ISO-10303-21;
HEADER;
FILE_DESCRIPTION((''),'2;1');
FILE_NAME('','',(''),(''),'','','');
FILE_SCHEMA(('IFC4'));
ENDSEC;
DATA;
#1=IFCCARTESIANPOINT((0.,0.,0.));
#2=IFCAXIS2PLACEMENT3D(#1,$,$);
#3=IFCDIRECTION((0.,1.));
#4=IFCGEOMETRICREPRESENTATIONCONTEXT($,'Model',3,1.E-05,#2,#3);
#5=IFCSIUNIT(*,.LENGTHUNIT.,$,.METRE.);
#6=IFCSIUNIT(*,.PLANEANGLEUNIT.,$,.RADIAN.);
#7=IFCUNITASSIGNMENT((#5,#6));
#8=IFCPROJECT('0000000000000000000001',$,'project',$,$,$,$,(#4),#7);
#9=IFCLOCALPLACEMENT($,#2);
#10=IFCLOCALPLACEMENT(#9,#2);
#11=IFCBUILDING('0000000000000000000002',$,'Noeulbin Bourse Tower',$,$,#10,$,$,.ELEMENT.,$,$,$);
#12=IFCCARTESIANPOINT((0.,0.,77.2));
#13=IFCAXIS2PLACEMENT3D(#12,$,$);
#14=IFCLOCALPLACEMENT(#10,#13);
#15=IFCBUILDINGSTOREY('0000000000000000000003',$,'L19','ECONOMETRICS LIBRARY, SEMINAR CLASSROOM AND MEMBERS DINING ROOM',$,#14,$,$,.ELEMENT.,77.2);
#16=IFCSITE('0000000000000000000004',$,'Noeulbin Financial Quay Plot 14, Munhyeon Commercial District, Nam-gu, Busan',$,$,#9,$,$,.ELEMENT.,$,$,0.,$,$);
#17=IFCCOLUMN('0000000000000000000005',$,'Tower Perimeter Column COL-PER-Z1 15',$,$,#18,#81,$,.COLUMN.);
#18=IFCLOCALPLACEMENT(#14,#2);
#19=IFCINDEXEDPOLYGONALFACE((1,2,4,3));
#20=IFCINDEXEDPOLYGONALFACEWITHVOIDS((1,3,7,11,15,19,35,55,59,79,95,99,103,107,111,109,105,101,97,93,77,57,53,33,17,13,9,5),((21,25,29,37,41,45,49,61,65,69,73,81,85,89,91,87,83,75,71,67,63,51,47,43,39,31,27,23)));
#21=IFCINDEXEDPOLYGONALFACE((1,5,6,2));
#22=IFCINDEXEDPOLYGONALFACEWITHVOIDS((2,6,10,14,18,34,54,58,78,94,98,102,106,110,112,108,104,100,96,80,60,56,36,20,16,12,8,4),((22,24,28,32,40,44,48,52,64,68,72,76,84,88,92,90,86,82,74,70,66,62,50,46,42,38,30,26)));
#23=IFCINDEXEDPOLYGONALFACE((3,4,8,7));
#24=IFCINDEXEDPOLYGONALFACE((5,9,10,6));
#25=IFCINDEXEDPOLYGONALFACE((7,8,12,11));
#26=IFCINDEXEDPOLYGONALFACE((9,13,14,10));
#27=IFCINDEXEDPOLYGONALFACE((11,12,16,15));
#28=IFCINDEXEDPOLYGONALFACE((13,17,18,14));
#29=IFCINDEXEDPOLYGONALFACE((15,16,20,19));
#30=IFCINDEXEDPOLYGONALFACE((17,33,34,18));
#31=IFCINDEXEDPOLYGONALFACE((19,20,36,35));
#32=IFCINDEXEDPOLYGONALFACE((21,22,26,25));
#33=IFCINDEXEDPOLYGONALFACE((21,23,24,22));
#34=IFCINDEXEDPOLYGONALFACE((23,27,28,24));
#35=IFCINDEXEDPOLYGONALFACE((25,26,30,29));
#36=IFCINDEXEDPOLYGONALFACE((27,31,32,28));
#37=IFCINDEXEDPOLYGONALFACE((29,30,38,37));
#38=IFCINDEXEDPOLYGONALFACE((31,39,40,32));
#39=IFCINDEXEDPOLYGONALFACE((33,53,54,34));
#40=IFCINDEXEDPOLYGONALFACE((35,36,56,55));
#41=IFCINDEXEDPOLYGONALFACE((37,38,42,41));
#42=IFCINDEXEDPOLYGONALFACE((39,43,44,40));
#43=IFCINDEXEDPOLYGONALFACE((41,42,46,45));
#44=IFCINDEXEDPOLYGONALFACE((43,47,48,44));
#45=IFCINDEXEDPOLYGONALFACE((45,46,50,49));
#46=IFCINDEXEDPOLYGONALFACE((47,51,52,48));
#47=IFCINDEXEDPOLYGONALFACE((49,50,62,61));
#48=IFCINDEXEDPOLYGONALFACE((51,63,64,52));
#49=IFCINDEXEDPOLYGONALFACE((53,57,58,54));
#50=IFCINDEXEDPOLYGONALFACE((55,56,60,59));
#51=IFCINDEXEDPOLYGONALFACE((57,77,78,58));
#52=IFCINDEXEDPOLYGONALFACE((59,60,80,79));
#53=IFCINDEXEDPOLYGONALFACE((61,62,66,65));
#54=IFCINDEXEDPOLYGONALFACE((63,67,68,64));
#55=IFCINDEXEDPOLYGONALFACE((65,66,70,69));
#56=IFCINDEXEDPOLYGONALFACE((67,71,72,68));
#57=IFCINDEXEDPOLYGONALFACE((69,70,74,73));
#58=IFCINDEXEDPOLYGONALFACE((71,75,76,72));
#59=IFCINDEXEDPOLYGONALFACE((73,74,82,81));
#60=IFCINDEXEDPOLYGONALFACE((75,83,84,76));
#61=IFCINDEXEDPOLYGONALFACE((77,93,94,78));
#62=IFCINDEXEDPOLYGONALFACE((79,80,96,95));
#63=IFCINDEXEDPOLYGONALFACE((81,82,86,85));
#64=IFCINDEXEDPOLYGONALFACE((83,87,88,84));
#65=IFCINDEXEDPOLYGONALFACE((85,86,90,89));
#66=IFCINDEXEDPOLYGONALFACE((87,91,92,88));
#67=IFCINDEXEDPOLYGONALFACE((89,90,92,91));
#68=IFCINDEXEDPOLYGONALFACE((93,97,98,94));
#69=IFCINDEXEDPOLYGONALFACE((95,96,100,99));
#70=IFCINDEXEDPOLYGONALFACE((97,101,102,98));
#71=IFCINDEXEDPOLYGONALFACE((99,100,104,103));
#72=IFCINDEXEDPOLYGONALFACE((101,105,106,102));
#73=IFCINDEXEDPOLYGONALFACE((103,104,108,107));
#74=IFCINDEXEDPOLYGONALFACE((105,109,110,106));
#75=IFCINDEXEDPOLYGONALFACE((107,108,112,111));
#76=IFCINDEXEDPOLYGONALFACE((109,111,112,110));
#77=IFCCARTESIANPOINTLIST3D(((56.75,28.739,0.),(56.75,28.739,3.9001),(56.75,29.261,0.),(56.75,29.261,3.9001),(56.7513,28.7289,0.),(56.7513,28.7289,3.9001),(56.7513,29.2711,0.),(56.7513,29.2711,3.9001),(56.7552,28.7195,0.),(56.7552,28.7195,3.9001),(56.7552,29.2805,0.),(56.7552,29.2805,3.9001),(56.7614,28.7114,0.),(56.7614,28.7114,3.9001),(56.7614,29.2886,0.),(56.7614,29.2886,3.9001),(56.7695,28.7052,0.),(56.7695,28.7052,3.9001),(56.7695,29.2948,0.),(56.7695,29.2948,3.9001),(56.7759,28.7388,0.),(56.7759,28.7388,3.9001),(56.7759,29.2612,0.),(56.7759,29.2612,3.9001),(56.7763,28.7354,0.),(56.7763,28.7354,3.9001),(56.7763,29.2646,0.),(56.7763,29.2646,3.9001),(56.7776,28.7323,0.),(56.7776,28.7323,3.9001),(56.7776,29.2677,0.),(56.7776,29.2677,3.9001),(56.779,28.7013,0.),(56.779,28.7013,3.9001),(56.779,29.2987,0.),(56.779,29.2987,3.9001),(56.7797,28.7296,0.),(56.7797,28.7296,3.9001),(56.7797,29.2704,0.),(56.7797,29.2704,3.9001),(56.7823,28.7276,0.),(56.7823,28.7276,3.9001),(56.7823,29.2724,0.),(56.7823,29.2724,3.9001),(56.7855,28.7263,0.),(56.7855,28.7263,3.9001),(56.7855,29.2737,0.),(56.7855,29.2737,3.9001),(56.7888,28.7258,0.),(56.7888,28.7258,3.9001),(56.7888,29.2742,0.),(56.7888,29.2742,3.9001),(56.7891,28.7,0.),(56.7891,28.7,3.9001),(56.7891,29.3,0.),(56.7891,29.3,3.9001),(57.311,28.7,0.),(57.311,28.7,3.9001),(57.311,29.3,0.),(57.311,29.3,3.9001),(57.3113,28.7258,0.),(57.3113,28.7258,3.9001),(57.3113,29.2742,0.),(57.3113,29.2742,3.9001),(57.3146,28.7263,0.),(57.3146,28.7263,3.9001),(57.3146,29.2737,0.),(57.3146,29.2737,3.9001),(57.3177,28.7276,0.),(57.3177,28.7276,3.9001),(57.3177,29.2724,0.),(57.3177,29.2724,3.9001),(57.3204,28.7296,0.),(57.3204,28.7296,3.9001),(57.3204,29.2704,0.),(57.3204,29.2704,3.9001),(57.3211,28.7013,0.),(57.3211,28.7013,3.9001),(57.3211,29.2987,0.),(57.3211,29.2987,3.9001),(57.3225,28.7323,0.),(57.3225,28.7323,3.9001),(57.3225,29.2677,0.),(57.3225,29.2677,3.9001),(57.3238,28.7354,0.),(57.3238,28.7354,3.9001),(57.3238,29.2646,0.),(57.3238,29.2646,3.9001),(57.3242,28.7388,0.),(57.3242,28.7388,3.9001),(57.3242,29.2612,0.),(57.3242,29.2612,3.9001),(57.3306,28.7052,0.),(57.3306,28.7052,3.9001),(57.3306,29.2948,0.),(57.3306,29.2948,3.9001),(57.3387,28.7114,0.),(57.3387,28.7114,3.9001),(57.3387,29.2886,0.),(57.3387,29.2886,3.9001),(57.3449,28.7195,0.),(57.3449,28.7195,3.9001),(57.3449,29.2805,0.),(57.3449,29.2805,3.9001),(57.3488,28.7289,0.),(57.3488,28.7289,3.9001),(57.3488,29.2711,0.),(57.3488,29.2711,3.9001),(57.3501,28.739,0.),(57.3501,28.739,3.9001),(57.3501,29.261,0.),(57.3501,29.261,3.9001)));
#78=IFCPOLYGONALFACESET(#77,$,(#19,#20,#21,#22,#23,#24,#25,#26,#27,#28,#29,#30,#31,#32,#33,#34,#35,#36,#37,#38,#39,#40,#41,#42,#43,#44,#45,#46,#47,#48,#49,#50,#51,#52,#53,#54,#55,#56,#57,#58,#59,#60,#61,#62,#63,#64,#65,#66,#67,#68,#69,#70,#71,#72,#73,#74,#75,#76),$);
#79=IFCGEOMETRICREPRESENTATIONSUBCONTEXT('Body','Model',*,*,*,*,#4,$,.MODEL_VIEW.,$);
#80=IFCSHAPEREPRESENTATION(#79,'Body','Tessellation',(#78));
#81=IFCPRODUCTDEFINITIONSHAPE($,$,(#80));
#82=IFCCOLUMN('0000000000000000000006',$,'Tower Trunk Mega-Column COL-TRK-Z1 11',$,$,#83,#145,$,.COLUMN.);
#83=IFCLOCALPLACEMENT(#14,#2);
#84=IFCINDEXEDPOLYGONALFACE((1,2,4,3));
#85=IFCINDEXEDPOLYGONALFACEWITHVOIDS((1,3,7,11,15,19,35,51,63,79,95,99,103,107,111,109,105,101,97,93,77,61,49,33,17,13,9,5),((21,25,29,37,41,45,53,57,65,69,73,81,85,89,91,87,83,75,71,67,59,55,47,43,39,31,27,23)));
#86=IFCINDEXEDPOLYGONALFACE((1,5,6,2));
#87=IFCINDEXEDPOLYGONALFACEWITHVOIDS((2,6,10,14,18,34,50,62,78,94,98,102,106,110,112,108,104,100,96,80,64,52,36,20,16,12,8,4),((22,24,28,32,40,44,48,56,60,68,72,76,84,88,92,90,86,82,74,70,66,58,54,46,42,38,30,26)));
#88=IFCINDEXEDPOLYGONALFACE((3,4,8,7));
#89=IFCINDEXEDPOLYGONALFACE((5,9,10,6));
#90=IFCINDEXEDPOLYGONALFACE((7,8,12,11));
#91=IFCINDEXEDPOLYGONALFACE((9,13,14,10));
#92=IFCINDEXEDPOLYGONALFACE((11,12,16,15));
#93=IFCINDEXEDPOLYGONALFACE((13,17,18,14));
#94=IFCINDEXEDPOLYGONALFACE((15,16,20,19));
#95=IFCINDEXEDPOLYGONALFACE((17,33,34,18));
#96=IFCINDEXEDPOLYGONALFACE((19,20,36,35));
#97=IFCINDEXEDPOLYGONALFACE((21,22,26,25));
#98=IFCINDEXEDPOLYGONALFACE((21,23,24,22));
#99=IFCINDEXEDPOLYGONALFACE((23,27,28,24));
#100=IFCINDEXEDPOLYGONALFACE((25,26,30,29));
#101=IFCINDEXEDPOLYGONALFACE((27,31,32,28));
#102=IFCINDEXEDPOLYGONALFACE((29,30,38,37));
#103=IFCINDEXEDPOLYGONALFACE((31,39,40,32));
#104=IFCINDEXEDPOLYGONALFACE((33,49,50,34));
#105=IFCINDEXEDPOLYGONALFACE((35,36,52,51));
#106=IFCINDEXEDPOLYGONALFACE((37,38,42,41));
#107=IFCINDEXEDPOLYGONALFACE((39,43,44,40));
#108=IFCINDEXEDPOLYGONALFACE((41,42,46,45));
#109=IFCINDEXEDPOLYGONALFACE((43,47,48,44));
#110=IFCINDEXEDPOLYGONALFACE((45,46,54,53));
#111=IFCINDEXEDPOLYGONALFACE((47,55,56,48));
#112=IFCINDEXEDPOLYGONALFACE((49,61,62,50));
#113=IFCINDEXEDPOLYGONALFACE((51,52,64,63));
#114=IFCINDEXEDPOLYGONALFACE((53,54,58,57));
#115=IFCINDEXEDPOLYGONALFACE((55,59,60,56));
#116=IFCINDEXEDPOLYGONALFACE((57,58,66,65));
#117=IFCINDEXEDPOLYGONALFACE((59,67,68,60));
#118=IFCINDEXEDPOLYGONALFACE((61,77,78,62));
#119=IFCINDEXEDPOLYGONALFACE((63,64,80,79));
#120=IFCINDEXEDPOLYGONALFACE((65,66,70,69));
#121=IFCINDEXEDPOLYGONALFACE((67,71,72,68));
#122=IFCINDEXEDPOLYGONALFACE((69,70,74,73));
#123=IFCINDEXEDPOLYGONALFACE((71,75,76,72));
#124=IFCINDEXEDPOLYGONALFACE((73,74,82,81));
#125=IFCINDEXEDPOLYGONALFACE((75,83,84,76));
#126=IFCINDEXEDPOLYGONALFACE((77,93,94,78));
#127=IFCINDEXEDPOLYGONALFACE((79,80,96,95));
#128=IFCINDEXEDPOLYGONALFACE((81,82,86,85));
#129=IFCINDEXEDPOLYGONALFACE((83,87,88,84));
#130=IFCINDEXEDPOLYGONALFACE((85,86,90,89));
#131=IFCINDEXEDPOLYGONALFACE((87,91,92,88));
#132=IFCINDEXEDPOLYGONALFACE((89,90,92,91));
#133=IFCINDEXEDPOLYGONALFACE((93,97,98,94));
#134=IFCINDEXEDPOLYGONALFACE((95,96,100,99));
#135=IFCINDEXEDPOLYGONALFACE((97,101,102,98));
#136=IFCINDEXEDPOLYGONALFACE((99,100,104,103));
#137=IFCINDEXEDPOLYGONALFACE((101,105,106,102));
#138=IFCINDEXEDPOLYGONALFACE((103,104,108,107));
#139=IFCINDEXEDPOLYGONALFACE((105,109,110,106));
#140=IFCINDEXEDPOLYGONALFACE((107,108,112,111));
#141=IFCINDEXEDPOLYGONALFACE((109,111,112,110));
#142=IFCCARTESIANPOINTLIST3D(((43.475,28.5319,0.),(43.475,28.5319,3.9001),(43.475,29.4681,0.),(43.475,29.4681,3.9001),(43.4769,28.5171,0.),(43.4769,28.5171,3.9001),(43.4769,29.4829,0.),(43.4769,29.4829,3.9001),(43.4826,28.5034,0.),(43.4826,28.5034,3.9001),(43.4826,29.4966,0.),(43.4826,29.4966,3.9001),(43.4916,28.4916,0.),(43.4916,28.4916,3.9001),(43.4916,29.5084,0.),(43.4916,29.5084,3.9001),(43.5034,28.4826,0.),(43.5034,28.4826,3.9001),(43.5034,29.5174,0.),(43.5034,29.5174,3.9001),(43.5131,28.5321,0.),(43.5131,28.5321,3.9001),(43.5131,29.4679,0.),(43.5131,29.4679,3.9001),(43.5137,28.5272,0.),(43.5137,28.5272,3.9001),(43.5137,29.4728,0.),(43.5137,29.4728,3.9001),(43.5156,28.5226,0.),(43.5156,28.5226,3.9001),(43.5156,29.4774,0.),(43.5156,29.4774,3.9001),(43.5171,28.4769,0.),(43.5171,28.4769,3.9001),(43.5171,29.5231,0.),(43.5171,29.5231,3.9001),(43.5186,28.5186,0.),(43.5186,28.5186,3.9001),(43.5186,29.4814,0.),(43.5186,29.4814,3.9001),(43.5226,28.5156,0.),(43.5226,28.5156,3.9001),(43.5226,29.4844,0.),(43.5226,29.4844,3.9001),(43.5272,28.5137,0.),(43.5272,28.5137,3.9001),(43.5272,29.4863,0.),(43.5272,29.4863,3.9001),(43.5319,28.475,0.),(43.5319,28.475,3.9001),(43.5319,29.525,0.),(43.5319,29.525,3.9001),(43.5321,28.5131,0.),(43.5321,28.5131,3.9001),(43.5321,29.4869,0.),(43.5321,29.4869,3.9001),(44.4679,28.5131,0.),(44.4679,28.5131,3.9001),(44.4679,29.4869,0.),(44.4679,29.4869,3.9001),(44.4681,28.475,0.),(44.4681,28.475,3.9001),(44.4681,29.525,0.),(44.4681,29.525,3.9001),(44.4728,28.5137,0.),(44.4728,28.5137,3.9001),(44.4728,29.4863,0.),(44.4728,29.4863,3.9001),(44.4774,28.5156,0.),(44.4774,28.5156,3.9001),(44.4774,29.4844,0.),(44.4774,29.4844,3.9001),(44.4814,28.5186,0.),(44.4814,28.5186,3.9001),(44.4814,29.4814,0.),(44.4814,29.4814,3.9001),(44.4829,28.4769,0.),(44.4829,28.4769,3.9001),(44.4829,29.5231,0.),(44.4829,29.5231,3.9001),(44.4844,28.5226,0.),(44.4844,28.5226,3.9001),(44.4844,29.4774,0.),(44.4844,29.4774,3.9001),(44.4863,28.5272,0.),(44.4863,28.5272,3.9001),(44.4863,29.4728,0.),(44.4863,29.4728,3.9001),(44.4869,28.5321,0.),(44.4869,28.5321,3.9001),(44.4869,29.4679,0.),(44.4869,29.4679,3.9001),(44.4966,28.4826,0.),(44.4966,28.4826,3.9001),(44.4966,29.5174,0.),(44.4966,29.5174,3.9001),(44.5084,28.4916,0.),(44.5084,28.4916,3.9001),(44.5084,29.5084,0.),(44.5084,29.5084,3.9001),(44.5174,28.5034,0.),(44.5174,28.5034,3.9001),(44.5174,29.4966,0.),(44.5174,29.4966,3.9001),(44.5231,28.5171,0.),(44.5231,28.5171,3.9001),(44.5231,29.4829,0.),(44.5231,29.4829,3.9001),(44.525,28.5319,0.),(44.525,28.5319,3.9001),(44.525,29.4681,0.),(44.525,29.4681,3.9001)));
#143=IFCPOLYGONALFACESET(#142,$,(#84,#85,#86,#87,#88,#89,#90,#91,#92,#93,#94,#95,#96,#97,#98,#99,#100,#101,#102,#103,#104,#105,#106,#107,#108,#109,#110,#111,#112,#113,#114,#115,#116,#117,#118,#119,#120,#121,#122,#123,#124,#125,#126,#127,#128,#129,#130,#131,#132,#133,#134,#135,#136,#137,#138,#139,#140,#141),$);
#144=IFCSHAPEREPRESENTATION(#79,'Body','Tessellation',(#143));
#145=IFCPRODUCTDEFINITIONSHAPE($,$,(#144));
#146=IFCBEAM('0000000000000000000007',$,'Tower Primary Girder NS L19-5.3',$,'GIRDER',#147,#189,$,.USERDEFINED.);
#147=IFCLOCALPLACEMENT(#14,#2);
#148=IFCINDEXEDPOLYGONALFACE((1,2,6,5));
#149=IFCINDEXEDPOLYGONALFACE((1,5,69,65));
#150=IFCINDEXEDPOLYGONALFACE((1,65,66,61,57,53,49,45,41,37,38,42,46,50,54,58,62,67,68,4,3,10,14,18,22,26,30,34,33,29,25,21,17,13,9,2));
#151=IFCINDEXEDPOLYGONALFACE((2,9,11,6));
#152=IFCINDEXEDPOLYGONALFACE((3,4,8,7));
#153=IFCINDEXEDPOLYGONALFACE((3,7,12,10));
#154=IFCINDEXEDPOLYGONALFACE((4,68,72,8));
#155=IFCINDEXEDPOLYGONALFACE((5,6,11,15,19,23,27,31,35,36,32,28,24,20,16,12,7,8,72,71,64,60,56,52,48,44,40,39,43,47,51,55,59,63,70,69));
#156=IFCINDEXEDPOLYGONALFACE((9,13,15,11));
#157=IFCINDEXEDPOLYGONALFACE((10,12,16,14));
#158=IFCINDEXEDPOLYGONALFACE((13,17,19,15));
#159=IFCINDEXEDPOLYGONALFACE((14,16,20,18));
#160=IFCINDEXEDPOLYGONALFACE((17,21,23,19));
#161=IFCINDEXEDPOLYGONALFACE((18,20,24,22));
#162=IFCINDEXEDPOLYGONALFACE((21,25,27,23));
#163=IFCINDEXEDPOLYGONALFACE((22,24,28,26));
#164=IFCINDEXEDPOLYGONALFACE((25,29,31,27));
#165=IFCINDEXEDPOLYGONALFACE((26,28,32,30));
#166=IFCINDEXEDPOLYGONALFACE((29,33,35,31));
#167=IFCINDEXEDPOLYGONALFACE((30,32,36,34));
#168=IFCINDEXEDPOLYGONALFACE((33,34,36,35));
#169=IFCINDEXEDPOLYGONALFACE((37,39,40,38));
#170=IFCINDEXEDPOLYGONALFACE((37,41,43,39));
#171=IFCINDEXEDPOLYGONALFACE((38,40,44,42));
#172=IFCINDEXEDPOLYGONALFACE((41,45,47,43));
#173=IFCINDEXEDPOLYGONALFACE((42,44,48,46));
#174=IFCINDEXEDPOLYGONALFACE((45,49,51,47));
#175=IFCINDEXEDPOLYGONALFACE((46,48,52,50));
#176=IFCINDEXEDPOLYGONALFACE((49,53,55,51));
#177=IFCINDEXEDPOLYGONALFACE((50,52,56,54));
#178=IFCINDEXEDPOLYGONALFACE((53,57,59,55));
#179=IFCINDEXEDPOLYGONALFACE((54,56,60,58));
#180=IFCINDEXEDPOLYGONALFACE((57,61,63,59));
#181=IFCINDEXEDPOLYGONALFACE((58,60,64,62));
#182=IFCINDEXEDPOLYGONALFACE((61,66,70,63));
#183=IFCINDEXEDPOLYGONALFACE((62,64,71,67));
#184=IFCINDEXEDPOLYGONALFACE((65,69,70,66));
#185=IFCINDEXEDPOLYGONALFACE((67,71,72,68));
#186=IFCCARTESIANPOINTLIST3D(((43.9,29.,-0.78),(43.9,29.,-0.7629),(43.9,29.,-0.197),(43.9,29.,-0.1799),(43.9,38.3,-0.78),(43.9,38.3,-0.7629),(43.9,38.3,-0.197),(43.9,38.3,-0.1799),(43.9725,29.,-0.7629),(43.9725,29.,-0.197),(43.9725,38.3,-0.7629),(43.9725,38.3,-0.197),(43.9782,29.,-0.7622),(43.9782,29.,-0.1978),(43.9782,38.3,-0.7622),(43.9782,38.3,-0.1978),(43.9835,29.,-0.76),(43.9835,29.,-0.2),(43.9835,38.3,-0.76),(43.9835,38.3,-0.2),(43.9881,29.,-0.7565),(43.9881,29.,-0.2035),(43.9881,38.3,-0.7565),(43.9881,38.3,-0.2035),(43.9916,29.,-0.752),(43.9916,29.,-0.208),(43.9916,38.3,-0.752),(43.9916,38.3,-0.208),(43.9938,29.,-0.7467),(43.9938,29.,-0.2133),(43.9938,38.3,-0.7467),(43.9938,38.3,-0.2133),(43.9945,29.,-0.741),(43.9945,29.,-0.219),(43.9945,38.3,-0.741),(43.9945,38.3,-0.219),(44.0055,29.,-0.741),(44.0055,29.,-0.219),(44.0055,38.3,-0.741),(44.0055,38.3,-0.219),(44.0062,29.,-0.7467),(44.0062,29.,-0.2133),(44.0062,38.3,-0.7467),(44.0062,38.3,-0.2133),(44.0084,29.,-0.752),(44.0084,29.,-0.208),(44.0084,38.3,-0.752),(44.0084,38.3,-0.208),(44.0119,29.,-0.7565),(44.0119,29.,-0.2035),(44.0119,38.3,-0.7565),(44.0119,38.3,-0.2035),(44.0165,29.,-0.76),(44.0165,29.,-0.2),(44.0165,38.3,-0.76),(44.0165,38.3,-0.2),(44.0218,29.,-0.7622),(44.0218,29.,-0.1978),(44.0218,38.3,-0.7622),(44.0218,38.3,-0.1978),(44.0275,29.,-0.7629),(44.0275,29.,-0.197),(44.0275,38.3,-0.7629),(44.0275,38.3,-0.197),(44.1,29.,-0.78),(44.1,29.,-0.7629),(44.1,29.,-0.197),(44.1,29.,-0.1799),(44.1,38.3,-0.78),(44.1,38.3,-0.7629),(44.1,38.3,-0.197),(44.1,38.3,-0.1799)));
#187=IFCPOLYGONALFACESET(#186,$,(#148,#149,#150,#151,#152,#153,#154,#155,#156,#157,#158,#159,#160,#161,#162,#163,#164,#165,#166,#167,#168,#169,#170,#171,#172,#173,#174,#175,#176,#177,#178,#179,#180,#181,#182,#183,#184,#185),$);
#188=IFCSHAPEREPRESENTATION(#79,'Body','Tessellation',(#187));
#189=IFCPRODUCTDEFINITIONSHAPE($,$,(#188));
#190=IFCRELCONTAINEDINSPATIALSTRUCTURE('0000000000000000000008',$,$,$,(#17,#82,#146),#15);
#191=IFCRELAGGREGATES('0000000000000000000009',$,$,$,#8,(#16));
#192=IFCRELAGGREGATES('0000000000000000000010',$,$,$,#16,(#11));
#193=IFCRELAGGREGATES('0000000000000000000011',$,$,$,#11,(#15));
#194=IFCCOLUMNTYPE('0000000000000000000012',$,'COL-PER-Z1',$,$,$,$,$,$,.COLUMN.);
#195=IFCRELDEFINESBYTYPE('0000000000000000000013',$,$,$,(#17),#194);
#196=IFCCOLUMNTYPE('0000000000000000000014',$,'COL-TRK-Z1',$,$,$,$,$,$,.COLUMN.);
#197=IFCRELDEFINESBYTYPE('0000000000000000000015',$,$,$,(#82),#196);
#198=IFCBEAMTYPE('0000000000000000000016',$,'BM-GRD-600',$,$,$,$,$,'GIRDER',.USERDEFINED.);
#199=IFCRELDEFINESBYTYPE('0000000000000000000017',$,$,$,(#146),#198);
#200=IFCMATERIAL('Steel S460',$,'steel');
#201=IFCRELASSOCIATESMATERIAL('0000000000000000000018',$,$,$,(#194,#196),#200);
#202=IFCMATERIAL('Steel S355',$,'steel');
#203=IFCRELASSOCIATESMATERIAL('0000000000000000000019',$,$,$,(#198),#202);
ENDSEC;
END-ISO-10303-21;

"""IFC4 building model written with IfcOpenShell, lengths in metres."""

from ifc_helpers import new_model, si_unit, direction, frame, origin, origin_2d, place, context, subcontext, project, spatial, hollow_rectangle, i_section, extrude, material, material_profile, profile_set, type_object, element, save


model = new_model("IFC4")

# Units and contexts
model_context = context("Model", 3, precision=1e-05, world=origin(), true_north=direction((0.0, 1.0)))
body_context = subcontext(model_context, "Body", "Model", "MODEL_VIEW")
ifc_project = project(units=[si_unit("LENGTHUNIT", "METRE"), si_unit("PLANEANGLEUNIT", "RADIAN")], contexts=[model_context])

# Site, building, storey
site_placement = place(None, origin())
site = spatial("IfcSite", under=ifc_project, at=site_placement, Name="Noeulbin Financial Quay Plot 14, Munhyeon Commercial District, Nam-gu, Busan", CompositionType="ELEMENT", RefElevation=0.0)
building_placement = place(site_placement, origin())
building = spatial("IfcBuilding", under=site, at=building_placement, Name="Noeulbin Bourse Tower", CompositionType="ELEMENT")
storey_placement = place(building_placement, frame((0.0, 0.0, 77.2)))
storey = spatial("IfcBuildingStorey", under=building, at=storey_placement, Name="L19", Description="ECONOMETRICS LIBRARY, SEMINAR CLASSROOM AND MEMBERS DINING ROOM", CompositionType="ELEMENT", Elevation=77.2)

# Columns
ifc_material_1 = material(Name="Steel S460", Category="steel")
ifc_material_profile_1 = material_profile(ifc_material_1, hollow_rectangle(XDim=0.6001, YDim=0.6001, WallThickness=0.0259, InnerFilletRadius=0.0129, OuterFilletRadius=0.0391, at=origin_2d()), Name="BOX-600x600x26", Category="LoadBearing")
ifc_profile_set_1 = profile_set([ifc_material_profile_1], Name="Steel S460")
column_type_1 = type_object("IfcColumnType", Name="COL-PER-Z1", PredefinedType="COLUMN", material=ifc_profile_set_1)
column_1_placement = place(storey_placement, frame((57.05, 29.0, 0.0), z_axis=(0.0, 0.0, 1.0), x_axis=(1.0, 0.0, 0.0)))
element("IfcColumn", 1, at=column_1_placement, inside=storey, type_object=column_type_1, Name="Tower Perimeter Column COL-PER-Z1 15", PredefinedType="COLUMN", context=body_context, shape_type="SweptSolid", body=[
    extrude(hollow_rectangle(XDim=0.6001, YDim=0.6001, WallThickness=0.0259, InnerFilletRadius=0.0129, OuterFilletRadius=0.0391, at=origin_2d()), origin(), (0.0, 0.0, 1.0), 3.9001),
])
ifc_material_profile_2 = material_profile(ifc_material_1, hollow_rectangle(XDim=1.05, YDim=1.05, WallThickness=0.0381, InnerFilletRadius=0.019, OuterFilletRadius=0.0569, at=origin_2d()), Name="BOX-1050x1050x38", Category="LoadBearing")
ifc_profile_set_2 = profile_set([ifc_material_profile_2], Name="Steel S460")
column_type_2 = type_object("IfcColumnType", Name="COL-TRK-Z1", PredefinedType="COLUMN", material=ifc_profile_set_2)
column_2_placement = place(storey_placement, frame((44.0, 29.0, 0.0), z_axis=(0.0, 0.0, 1.0), x_axis=(1.0, 0.0, 0.0)))
element("IfcColumn", 2, at=column_2_placement, inside=storey, type_object=column_type_2, Name="Tower Trunk Mega-Column COL-TRK-Z1 11", PredefinedType="COLUMN", context=body_context, shape_type="SweptSolid", body=[
    extrude(hollow_rectangle(XDim=1.05, YDim=1.05, WallThickness=0.0381, InnerFilletRadius=0.019, OuterFilletRadius=0.0569, at=origin_2d()), origin(), (0.0, 0.0, 1.0), 3.9001),
])

# Beam
ifc_material_2 = material(Name="Steel S355", Category="steel")
ifc_material_profile_3 = material_profile(ifc_material_2, i_section(OverallWidth=0.2, OverallDepth=0.6001, WebThickness=0.011, FlangeThickness=0.0171, FilletRadius=0.022, at=origin_2d()), Name="H-600x200x11x17", Category="LoadBearing")
ifc_profile_set_3 = profile_set([ifc_material_profile_3], Name="Steel S355")
beam_type_1 = type_object("IfcBeamType", Name="BM-GRD-600", ElementType="GIRDER", PredefinedType="USERDEFINED", material=ifc_profile_set_3)
beam_1_placement = place(storey_placement, frame((44.0, 29.0, -0.48), z_axis=(0.0, 1.0, 0.0), x_axis=(-1.0, 0.0, 0.0)))
element("IfcBeam", 3, at=beam_1_placement, inside=storey, type_object=beam_type_1, Name="Tower Primary Girder NS L19-5.3", ObjectType="GIRDER", PredefinedType="USERDEFINED", context=body_context, shape_type="SweptSolid", body=[
    extrude(i_section(OverallWidth=0.2, OverallDepth=0.6001, WebThickness=0.011, FlangeThickness=0.0171, FilletRadius=0.022, at=origin_2d()), origin(), (0.0, 0.0, 1.0), 9.3),
])

save(model, "model.ifc")
